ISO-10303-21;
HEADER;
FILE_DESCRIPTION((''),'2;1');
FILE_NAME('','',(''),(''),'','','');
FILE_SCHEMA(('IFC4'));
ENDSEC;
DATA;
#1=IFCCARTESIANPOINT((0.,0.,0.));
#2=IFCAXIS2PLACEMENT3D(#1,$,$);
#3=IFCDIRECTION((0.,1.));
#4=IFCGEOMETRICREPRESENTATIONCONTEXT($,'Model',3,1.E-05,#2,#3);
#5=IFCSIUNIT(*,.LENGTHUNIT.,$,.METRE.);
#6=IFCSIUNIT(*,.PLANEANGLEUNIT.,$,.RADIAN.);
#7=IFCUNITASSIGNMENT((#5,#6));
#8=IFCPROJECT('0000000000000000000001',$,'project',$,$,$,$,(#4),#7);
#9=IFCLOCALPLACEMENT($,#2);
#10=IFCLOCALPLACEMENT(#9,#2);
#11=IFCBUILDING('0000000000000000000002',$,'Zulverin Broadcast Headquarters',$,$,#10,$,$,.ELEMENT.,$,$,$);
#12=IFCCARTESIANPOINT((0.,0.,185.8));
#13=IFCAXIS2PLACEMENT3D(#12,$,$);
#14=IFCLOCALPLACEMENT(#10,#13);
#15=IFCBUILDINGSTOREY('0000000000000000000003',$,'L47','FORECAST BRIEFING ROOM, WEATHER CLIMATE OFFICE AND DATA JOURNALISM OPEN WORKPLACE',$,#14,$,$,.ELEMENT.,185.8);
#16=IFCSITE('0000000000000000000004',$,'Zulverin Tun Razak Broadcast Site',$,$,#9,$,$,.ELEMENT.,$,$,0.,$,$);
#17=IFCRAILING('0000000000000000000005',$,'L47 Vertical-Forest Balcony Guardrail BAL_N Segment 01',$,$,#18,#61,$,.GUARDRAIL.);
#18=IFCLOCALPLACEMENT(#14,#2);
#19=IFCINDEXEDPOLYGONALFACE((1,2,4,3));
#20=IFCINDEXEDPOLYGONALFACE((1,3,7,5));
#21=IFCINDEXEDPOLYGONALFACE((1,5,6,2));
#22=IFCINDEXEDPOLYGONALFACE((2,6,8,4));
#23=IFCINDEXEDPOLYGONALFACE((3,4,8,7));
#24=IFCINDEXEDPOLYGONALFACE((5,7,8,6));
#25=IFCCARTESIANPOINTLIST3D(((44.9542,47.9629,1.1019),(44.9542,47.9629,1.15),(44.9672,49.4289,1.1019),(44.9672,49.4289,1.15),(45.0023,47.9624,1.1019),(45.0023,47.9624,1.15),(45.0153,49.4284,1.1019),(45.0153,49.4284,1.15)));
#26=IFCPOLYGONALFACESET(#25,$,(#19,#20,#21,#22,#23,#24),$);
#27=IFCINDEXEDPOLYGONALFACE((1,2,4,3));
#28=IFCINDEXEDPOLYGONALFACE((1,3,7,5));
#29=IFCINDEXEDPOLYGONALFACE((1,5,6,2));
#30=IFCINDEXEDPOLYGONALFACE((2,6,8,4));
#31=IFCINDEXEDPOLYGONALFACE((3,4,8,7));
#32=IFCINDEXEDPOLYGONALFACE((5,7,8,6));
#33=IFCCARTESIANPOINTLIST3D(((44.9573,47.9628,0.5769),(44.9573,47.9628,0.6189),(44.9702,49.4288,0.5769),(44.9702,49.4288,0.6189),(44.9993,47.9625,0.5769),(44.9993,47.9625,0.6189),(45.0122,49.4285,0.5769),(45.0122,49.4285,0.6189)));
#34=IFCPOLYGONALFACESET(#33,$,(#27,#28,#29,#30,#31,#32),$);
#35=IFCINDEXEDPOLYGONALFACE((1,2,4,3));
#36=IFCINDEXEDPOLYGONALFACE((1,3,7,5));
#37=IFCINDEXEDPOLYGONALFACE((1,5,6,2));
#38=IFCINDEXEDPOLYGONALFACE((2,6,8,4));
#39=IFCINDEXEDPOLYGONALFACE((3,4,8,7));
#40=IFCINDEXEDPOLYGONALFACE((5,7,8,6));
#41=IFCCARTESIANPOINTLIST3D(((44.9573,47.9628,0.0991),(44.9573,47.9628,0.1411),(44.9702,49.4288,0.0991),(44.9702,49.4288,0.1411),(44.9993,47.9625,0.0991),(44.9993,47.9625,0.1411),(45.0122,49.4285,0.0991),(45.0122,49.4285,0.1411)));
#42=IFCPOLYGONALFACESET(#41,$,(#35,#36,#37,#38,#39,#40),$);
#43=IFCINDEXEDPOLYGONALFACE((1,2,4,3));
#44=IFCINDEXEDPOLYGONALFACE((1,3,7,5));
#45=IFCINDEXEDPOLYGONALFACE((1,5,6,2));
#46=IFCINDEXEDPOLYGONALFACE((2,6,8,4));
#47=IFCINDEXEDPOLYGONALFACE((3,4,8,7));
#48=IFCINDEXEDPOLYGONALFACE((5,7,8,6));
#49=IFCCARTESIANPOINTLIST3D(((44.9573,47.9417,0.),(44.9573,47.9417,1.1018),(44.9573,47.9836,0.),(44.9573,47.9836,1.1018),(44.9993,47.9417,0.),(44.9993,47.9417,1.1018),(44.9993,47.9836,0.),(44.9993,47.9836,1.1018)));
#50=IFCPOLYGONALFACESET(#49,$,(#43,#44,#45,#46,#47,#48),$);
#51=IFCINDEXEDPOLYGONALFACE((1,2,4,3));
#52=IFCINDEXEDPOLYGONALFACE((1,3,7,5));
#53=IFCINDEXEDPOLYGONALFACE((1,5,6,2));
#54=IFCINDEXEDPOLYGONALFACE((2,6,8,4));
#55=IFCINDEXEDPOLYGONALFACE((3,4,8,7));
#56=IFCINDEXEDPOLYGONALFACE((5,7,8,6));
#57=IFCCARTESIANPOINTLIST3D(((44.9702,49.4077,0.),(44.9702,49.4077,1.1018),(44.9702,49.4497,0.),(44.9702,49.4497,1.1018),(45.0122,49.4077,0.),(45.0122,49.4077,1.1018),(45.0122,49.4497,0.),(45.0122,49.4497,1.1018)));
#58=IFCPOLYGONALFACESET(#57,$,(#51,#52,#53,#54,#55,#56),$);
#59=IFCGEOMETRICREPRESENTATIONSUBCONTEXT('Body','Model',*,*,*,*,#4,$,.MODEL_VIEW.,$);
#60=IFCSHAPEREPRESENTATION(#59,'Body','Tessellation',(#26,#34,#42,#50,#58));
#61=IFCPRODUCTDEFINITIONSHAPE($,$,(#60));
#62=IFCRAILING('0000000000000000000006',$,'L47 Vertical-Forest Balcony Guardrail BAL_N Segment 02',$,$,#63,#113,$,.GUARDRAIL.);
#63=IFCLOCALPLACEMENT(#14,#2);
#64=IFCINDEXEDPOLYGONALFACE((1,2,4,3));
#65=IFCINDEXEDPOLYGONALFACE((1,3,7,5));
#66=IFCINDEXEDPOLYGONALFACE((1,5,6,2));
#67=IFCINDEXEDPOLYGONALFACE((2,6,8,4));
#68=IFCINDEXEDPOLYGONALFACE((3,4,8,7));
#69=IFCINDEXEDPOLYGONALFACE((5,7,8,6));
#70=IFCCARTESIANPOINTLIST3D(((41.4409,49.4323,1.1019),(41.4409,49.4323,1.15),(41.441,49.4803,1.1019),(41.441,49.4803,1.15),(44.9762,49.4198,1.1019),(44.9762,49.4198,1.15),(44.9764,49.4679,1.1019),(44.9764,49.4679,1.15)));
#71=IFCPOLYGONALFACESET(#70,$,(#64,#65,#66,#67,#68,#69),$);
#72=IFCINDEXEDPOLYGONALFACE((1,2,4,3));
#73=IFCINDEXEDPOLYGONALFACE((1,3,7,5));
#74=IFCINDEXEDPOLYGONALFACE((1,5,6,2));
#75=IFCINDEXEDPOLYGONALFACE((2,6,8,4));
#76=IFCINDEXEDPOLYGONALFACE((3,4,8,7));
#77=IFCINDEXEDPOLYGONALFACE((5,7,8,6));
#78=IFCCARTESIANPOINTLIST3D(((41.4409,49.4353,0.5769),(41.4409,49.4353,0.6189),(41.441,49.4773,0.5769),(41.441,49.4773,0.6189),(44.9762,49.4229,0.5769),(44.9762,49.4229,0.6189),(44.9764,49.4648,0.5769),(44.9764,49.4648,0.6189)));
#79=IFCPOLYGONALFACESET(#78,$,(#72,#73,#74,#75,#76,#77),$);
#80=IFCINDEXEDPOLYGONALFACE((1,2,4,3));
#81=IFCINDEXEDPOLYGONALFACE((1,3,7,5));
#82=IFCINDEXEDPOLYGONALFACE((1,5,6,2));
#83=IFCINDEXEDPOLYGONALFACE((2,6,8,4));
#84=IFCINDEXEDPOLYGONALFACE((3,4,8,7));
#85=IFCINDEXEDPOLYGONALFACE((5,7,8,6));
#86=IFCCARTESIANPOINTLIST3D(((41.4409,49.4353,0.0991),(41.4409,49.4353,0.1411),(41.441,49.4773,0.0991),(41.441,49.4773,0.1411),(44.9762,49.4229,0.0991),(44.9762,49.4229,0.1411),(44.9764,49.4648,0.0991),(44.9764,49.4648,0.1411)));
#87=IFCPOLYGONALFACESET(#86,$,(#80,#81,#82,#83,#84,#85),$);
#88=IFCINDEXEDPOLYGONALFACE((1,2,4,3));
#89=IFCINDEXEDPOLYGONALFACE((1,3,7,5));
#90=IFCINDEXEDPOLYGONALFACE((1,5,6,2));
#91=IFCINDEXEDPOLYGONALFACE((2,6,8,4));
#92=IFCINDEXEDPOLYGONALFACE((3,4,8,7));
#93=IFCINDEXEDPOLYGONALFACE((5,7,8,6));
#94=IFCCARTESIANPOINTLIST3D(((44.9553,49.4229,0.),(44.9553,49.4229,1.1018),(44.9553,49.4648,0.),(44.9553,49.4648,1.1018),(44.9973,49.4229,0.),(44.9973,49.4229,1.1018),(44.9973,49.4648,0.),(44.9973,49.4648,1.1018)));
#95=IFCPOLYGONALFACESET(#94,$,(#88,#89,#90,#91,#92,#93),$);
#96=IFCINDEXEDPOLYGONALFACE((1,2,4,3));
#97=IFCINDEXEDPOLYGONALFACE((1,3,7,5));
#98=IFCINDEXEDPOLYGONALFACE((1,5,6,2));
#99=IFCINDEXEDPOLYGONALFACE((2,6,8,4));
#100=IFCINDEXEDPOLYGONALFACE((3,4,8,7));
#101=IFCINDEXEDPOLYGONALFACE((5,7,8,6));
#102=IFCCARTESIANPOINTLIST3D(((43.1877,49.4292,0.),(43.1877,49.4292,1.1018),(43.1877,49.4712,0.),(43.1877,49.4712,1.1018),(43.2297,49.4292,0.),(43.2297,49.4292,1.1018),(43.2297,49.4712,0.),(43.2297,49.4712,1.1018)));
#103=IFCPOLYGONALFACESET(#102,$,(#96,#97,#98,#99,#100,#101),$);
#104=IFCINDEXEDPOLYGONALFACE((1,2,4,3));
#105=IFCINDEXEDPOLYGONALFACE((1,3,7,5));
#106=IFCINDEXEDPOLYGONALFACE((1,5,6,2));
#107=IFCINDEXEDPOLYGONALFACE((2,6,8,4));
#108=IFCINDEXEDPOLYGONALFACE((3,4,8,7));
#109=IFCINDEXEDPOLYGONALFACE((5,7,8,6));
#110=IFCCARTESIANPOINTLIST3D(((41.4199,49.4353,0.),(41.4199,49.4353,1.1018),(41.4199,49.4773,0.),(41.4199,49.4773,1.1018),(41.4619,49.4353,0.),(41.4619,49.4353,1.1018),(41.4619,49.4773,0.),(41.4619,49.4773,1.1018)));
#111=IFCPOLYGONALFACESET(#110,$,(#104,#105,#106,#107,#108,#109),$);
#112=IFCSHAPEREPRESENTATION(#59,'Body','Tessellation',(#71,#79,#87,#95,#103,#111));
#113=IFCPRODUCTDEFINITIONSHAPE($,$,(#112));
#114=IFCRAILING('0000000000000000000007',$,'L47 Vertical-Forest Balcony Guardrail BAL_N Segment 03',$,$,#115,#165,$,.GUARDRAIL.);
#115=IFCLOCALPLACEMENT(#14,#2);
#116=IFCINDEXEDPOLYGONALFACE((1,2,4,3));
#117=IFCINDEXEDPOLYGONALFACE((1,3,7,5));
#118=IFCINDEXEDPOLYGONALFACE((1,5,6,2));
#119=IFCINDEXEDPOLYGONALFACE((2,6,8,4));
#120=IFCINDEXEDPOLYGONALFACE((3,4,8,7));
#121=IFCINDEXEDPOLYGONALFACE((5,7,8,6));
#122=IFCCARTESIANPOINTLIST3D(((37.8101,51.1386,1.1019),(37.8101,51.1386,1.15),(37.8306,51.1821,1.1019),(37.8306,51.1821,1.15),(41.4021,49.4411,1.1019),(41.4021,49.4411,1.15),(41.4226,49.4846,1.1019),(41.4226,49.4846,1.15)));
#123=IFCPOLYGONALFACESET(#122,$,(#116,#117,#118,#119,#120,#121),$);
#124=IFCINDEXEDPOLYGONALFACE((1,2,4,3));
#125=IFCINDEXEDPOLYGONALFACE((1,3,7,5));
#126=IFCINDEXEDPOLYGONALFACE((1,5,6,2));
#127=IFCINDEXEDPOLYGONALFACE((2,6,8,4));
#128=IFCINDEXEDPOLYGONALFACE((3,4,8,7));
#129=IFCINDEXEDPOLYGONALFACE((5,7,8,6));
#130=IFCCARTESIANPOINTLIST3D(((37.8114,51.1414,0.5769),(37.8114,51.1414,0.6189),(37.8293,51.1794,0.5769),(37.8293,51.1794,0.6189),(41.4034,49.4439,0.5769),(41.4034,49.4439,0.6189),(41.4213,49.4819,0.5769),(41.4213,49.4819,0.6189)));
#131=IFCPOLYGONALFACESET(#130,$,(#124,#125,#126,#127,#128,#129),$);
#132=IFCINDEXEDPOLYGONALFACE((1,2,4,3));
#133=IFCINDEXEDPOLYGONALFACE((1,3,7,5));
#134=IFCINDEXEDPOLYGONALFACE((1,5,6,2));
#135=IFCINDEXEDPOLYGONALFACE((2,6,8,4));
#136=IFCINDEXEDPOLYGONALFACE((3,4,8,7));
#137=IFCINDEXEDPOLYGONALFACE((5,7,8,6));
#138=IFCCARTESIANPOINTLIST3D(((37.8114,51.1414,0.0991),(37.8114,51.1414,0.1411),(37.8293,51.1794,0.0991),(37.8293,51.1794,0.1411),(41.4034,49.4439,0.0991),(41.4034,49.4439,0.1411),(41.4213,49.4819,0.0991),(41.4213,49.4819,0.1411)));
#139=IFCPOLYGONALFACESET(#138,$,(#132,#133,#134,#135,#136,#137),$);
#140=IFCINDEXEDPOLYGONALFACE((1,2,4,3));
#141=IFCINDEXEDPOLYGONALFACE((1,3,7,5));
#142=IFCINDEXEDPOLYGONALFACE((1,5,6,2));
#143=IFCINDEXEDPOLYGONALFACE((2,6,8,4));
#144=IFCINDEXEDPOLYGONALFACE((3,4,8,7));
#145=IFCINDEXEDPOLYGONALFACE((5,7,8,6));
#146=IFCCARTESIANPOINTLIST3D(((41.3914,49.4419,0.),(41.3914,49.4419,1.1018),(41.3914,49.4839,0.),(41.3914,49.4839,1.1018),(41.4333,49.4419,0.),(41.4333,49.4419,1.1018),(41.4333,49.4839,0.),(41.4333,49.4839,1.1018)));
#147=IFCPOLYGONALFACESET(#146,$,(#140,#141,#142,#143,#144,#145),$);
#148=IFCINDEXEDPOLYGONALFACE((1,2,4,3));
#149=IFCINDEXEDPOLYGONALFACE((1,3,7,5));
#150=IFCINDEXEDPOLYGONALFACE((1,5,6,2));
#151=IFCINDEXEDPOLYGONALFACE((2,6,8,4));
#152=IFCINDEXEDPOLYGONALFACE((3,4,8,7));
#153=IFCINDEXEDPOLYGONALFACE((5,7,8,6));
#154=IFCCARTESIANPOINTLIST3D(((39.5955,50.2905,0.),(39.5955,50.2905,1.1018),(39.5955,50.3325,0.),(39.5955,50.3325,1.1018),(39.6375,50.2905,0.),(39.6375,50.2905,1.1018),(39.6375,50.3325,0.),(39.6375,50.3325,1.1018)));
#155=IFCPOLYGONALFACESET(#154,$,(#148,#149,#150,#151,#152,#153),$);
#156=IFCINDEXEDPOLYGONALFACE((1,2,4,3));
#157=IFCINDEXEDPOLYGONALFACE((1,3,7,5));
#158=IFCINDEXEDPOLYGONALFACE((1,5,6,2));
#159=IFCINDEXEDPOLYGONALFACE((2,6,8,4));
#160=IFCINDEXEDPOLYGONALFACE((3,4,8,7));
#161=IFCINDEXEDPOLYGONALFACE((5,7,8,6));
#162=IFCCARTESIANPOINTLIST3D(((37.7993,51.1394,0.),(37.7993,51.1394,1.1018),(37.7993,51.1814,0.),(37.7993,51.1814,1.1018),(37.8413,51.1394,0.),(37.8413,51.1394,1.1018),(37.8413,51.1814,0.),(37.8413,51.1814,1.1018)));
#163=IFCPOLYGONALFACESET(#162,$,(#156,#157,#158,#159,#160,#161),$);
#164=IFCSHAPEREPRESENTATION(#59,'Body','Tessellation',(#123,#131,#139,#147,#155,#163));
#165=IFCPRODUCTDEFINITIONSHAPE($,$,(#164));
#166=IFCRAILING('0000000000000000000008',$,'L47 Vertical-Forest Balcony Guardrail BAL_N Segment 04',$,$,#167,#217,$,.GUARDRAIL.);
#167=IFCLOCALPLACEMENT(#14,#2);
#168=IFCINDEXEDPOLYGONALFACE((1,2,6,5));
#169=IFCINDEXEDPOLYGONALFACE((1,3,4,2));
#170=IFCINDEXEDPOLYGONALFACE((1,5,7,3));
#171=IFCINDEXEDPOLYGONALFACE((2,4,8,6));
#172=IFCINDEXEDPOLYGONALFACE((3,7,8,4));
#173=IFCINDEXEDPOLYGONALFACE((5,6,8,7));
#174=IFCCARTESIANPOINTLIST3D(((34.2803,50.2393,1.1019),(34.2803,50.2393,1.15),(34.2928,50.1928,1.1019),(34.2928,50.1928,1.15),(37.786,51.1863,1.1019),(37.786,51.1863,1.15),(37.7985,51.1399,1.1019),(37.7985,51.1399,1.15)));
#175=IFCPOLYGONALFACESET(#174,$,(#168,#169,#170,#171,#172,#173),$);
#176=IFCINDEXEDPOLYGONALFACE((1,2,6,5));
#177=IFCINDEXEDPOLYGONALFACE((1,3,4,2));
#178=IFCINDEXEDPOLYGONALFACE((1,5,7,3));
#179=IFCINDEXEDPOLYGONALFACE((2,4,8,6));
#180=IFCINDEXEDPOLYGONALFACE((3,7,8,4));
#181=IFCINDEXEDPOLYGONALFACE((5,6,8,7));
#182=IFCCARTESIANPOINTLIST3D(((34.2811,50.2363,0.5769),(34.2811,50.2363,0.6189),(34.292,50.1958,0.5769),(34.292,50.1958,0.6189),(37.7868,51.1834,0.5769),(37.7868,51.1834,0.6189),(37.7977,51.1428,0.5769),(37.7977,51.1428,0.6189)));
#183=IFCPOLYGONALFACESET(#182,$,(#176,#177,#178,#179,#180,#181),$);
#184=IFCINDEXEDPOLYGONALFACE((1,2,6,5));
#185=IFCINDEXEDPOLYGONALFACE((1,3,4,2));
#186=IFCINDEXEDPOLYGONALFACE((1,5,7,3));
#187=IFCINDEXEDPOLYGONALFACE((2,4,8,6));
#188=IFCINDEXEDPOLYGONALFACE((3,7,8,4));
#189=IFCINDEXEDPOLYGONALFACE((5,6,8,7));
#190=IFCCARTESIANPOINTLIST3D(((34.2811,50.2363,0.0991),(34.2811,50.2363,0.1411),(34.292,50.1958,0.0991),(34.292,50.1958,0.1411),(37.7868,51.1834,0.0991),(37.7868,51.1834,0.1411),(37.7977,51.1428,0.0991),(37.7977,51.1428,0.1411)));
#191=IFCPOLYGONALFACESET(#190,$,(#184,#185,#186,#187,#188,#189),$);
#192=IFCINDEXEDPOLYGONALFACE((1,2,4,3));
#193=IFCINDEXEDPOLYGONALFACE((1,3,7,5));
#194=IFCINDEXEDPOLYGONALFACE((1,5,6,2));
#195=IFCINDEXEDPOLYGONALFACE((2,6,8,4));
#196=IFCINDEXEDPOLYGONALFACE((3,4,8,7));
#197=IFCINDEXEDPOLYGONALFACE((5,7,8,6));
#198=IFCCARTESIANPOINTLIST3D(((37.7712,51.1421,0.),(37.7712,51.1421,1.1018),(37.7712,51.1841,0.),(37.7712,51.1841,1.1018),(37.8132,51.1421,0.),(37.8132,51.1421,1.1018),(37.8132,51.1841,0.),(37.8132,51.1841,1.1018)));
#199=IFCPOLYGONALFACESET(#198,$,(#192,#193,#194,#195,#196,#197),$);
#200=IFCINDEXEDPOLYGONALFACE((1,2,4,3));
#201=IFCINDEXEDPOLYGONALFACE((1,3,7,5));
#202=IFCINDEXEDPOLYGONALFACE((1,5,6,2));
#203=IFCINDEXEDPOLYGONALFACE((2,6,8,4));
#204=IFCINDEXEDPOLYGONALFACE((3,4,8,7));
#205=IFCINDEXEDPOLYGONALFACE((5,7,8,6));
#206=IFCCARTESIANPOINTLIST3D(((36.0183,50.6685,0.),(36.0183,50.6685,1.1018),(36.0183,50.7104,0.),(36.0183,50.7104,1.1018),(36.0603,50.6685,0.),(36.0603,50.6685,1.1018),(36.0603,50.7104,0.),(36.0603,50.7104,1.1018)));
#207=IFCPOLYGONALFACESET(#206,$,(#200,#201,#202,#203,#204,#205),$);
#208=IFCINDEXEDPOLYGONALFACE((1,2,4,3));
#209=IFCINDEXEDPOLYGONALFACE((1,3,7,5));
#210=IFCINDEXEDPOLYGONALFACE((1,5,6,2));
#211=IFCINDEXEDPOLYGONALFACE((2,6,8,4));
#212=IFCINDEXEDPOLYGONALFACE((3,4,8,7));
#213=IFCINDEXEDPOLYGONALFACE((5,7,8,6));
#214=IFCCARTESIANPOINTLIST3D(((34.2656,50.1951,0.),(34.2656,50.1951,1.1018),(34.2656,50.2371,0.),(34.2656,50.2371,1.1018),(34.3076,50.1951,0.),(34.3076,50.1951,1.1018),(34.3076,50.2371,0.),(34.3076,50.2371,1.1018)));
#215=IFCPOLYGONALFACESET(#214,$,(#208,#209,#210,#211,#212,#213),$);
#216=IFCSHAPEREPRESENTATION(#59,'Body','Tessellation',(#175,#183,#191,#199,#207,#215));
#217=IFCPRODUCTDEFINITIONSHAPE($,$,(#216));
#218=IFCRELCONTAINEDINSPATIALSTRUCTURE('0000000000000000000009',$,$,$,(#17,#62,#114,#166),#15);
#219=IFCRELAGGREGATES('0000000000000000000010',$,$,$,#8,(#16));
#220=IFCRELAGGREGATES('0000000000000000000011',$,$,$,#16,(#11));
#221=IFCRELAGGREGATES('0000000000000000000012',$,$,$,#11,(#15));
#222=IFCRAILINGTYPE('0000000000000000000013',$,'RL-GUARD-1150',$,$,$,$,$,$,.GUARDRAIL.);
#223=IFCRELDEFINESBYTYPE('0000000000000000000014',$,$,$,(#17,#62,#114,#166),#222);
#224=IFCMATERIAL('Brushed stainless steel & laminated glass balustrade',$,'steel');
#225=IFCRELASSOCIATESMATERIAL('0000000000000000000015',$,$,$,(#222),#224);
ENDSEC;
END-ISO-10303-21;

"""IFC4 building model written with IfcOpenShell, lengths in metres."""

from ifc_helpers import new_model, si_unit, direction, frame, origin, origin_2d, place, context, subcontext, project, spatial, rectangle, extrude, material, type_object, element, save


model = new_model("IFC4")

# Units and contexts
model_context = context("Model", 3, precision=1e-05, world=origin(), true_north=direction((0.0, 1.0)))
body_context = subcontext(model_context, "Body", "Model", "MODEL_VIEW")
ifc_project = project(units=[si_unit("LENGTHUNIT", "METRE"), si_unit("PLANEANGLEUNIT", "RADIAN")], contexts=[model_context])

# Site, building, storey
site_placement = place(None, origin())
site = spatial("IfcSite", under=ifc_project, at=site_placement, Name="Zulverin Tun Razak Broadcast Site", CompositionType="ELEMENT", RefElevation=0.0)
building_placement = place(site_placement, origin())
building = spatial("IfcBuilding", under=site, at=building_placement, Name="Zulverin Broadcast Headquarters", CompositionType="ELEMENT")
storey_placement = place(building_placement, frame((0.0, 0.0, 185.8)))
storey = spatial("IfcBuildingStorey", under=building, at=storey_placement, Name="L47", Description="FORECAST BRIEFING ROOM, WEATHER CLIMATE OFFICE AND DATA JOURNALISM OPEN WORKPLACE", CompositionType="ELEMENT", Elevation=185.8)

# Railings
ifc_material_1 = material(Name="Brushed stainless steel & laminated glass balustrade", Category="steel")
railing_type_1 = type_object("IfcRailingType", Name="RL-GUARD-1150", PredefinedType="GUARDRAIL", material=ifc_material_1)
railing_1_placement = place(storey_placement, frame((44.9783, 47.9626, 0.0)))
element("IfcRailing", 1, at=railing_1_placement, inside=storey, type_object=railing_type_1, Name="L47 Vertical-Forest Balcony Guardrail BAL_N Segment 01", PredefinedType="GUARDRAIL", context=body_context, shape_type="SweptSolid", body=[
    extrude(rectangle(XDim=0.0481, YDim=0.0481, at=origin_2d()), frame((0.0, 0.0, 1.126), z_axis=(0.008826, 0.999961, 0.0), x_axis=(-0.999961, 0.008826, 0.0)), (0.0, 0.0, 1.0), 1.4661),
    extrude(rectangle(XDim=0.042, YDim=0.042, at=origin_2d()), frame((0.0, 0.0, 0.5979), z_axis=(0.008826, 0.999961, 0.0), x_axis=(-0.999961, 0.008826, 0.0)), (0.0, 0.0, 1.0), 1.4661),
    extrude(rectangle(XDim=0.042, YDim=0.042, at=origin_2d()), frame((0.0, 0.0, 0.1201), z_axis=(0.008826, 0.999961, 0.0), x_axis=(-0.999961, 0.008826, 0.0)), (0.0, 0.0, 1.0), 1.4661),
    extrude(rectangle(XDim=0.042, YDim=0.042, at=origin_2d()), origin(), (0.0, 0.0, 1.0), 1.1018),
    extrude(rectangle(XDim=0.042, YDim=0.042, at=origin_2d()), frame((0.0129, 1.4661, 0.0)), (0.0, 0.0, 1.0), 1.1018),
])
railing_2_placement = place(storey_placement, frame((44.9763, 49.4438, 0.0)))
element("IfcRailing", 2, at=railing_2_placement, inside=storey, type_object=railing_type_1, Name="L47 Vertical-Forest Balcony Guardrail BAL_N Segment 02", PredefinedType="GUARDRAIL", context=body_context, shape_type="SweptSolid", body=[
    extrude(rectangle(XDim=0.0481, YDim=0.0481, at=origin_2d()), frame((0.0, 0.0, 1.126), z_axis=(-0.999994, 0.003522, 0.0), x_axis=(-0.003522, -0.999994, 0.0)), (0.0, 0.0, 1.0), 3.5354),
    extrude(rectangle(XDim=0.042, YDim=0.042, at=origin_2d()), frame((0.0, 0.0, 0.5979), z_axis=(-0.999994, 0.003522, 0.0), x_axis=(-0.003522, -0.999994, 0.0)), (0.0, 0.0, 1.0), 3.5354),
    extrude(rectangle(XDim=0.042, YDim=0.042, at=origin_2d()), frame((0.0, 0.0, 0.1201), z_axis=(-0.999994, 0.003522, 0.0), x_axis=(-0.003522, -0.999994, 0.0)), (0.0, 0.0, 1.0), 3.5354),
    extrude(rectangle(XDim=0.042, YDim=0.042, at=origin_2d()), origin(), (0.0, 0.0, 1.0), 1.1018),
    extrude(rectangle(XDim=0.042, YDim=0.042, at=origin_2d()), frame((-1.7676, 0.0063, 0.0)), (0.0, 0.0, 1.0), 1.1018),
    extrude(rectangle(XDim=0.042, YDim=0.042, at=origin_2d()), frame((-3.5354, 0.0125, 0.0)), (0.0, 0.0, 1.0), 1.1018),
])
railing_3_placement = place(storey_placement, frame((41.4124, 49.4629, 0.0)))
element("IfcRailing", 3, at=railing_3_placement, inside=storey, type_object=railing_type_1, Name="L47 Vertical-Forest Balcony Guardrail BAL_N Segment 03", PredefinedType="GUARDRAIL", context=body_context, shape_type="SweptSolid", body=[
    extrude(rectangle(XDim=0.0481, YDim=0.0481, at=origin_2d()), frame((0.0, 0.0, 1.126), z_axis=(-0.904125, 0.427267, 0.0), x_axis=(-0.427267, -0.904125, 0.0)), (0.0, 0.0, 1.0), 3.9729),
    extrude(rectangle(XDim=0.042, YDim=0.042, at=origin_2d()), frame((0.0, 0.0, 0.5979), z_axis=(-0.904125, 0.427267, 0.0), x_axis=(-0.427267, -0.904125, 0.0)), (0.0, 0.0, 1.0), 3.9729),
    extrude(rectangle(XDim=0.042, YDim=0.042, at=origin_2d()), frame((0.0, 0.0, 0.1201), z_axis=(-0.904125, 0.427267, 0.0), x_axis=(-0.427267, -0.904125, 0.0)), (0.0, 0.0, 1.0), 3.9729),
    extrude(rectangle(XDim=0.042, YDim=0.042, at=origin_2d()), origin(), (0.0, 0.0, 1.0), 1.1018),
    extrude(rectangle(XDim=0.042, YDim=0.042, at=origin_2d()), frame((-1.7959, 0.8486, 0.0)), (0.0, 0.0, 1.0), 1.1018),
    extrude(rectangle(XDim=0.042, YDim=0.042, at=origin_2d()), frame((-3.592, 1.6975, 0.0)), (0.0, 0.0, 1.0), 1.1018),
])
railing_4_placement = place(storey_placement, frame((37.7922, 51.1631, 0.0)))
element("IfcRailing", 4, at=railing_4_placement, inside=storey, type_object=railing_type_1, Name="L47 Vertical-Forest Balcony Guardrail BAL_N Segment 04", PredefinedType="GUARDRAIL", context=body_context, shape_type="SweptSolid", body=[
    extrude(rectangle(XDim=0.0481, YDim=0.0481, at=origin_2d()), frame((0.0, 0.0, 1.126), z_axis=(-0.965394, -0.260796, 0.0), x_axis=(0.260796, -0.965394, 0.0)), (0.0, 0.0, 1.0), 3.6313),
    extrude(rectangle(XDim=0.042, YDim=0.042, at=origin_2d()), frame((0.0, 0.0, 0.5979), z_axis=(-0.965394, -0.260796, 0.0), x_axis=(0.260796, -0.965394, 0.0)), (0.0, 0.0, 1.0), 3.6313),
    extrude(rectangle(XDim=0.042, YDim=0.042, at=origin_2d()), frame((0.0, 0.0, 0.1201), z_axis=(-0.965394, -0.260796, 0.0), x_axis=(0.260796, -0.965394, 0.0)), (0.0, 0.0, 1.0), 3.6313),
    extrude(rectangle(XDim=0.042, YDim=0.042, at=origin_2d()), origin(), (0.0, 0.0, 1.0), 1.1018),
    extrude(rectangle(XDim=0.042, YDim=0.042, at=origin_2d()), frame((-1.7529, -0.4736, 0.0)), (0.0, 0.0, 1.0), 1.1018),
    extrude(rectangle(XDim=0.042, YDim=0.042, at=origin_2d()), frame((-3.5056, -0.947, 0.0)), (0.0, 0.0, 1.0), 1.1018),
])

save(model, "model.ifc")
